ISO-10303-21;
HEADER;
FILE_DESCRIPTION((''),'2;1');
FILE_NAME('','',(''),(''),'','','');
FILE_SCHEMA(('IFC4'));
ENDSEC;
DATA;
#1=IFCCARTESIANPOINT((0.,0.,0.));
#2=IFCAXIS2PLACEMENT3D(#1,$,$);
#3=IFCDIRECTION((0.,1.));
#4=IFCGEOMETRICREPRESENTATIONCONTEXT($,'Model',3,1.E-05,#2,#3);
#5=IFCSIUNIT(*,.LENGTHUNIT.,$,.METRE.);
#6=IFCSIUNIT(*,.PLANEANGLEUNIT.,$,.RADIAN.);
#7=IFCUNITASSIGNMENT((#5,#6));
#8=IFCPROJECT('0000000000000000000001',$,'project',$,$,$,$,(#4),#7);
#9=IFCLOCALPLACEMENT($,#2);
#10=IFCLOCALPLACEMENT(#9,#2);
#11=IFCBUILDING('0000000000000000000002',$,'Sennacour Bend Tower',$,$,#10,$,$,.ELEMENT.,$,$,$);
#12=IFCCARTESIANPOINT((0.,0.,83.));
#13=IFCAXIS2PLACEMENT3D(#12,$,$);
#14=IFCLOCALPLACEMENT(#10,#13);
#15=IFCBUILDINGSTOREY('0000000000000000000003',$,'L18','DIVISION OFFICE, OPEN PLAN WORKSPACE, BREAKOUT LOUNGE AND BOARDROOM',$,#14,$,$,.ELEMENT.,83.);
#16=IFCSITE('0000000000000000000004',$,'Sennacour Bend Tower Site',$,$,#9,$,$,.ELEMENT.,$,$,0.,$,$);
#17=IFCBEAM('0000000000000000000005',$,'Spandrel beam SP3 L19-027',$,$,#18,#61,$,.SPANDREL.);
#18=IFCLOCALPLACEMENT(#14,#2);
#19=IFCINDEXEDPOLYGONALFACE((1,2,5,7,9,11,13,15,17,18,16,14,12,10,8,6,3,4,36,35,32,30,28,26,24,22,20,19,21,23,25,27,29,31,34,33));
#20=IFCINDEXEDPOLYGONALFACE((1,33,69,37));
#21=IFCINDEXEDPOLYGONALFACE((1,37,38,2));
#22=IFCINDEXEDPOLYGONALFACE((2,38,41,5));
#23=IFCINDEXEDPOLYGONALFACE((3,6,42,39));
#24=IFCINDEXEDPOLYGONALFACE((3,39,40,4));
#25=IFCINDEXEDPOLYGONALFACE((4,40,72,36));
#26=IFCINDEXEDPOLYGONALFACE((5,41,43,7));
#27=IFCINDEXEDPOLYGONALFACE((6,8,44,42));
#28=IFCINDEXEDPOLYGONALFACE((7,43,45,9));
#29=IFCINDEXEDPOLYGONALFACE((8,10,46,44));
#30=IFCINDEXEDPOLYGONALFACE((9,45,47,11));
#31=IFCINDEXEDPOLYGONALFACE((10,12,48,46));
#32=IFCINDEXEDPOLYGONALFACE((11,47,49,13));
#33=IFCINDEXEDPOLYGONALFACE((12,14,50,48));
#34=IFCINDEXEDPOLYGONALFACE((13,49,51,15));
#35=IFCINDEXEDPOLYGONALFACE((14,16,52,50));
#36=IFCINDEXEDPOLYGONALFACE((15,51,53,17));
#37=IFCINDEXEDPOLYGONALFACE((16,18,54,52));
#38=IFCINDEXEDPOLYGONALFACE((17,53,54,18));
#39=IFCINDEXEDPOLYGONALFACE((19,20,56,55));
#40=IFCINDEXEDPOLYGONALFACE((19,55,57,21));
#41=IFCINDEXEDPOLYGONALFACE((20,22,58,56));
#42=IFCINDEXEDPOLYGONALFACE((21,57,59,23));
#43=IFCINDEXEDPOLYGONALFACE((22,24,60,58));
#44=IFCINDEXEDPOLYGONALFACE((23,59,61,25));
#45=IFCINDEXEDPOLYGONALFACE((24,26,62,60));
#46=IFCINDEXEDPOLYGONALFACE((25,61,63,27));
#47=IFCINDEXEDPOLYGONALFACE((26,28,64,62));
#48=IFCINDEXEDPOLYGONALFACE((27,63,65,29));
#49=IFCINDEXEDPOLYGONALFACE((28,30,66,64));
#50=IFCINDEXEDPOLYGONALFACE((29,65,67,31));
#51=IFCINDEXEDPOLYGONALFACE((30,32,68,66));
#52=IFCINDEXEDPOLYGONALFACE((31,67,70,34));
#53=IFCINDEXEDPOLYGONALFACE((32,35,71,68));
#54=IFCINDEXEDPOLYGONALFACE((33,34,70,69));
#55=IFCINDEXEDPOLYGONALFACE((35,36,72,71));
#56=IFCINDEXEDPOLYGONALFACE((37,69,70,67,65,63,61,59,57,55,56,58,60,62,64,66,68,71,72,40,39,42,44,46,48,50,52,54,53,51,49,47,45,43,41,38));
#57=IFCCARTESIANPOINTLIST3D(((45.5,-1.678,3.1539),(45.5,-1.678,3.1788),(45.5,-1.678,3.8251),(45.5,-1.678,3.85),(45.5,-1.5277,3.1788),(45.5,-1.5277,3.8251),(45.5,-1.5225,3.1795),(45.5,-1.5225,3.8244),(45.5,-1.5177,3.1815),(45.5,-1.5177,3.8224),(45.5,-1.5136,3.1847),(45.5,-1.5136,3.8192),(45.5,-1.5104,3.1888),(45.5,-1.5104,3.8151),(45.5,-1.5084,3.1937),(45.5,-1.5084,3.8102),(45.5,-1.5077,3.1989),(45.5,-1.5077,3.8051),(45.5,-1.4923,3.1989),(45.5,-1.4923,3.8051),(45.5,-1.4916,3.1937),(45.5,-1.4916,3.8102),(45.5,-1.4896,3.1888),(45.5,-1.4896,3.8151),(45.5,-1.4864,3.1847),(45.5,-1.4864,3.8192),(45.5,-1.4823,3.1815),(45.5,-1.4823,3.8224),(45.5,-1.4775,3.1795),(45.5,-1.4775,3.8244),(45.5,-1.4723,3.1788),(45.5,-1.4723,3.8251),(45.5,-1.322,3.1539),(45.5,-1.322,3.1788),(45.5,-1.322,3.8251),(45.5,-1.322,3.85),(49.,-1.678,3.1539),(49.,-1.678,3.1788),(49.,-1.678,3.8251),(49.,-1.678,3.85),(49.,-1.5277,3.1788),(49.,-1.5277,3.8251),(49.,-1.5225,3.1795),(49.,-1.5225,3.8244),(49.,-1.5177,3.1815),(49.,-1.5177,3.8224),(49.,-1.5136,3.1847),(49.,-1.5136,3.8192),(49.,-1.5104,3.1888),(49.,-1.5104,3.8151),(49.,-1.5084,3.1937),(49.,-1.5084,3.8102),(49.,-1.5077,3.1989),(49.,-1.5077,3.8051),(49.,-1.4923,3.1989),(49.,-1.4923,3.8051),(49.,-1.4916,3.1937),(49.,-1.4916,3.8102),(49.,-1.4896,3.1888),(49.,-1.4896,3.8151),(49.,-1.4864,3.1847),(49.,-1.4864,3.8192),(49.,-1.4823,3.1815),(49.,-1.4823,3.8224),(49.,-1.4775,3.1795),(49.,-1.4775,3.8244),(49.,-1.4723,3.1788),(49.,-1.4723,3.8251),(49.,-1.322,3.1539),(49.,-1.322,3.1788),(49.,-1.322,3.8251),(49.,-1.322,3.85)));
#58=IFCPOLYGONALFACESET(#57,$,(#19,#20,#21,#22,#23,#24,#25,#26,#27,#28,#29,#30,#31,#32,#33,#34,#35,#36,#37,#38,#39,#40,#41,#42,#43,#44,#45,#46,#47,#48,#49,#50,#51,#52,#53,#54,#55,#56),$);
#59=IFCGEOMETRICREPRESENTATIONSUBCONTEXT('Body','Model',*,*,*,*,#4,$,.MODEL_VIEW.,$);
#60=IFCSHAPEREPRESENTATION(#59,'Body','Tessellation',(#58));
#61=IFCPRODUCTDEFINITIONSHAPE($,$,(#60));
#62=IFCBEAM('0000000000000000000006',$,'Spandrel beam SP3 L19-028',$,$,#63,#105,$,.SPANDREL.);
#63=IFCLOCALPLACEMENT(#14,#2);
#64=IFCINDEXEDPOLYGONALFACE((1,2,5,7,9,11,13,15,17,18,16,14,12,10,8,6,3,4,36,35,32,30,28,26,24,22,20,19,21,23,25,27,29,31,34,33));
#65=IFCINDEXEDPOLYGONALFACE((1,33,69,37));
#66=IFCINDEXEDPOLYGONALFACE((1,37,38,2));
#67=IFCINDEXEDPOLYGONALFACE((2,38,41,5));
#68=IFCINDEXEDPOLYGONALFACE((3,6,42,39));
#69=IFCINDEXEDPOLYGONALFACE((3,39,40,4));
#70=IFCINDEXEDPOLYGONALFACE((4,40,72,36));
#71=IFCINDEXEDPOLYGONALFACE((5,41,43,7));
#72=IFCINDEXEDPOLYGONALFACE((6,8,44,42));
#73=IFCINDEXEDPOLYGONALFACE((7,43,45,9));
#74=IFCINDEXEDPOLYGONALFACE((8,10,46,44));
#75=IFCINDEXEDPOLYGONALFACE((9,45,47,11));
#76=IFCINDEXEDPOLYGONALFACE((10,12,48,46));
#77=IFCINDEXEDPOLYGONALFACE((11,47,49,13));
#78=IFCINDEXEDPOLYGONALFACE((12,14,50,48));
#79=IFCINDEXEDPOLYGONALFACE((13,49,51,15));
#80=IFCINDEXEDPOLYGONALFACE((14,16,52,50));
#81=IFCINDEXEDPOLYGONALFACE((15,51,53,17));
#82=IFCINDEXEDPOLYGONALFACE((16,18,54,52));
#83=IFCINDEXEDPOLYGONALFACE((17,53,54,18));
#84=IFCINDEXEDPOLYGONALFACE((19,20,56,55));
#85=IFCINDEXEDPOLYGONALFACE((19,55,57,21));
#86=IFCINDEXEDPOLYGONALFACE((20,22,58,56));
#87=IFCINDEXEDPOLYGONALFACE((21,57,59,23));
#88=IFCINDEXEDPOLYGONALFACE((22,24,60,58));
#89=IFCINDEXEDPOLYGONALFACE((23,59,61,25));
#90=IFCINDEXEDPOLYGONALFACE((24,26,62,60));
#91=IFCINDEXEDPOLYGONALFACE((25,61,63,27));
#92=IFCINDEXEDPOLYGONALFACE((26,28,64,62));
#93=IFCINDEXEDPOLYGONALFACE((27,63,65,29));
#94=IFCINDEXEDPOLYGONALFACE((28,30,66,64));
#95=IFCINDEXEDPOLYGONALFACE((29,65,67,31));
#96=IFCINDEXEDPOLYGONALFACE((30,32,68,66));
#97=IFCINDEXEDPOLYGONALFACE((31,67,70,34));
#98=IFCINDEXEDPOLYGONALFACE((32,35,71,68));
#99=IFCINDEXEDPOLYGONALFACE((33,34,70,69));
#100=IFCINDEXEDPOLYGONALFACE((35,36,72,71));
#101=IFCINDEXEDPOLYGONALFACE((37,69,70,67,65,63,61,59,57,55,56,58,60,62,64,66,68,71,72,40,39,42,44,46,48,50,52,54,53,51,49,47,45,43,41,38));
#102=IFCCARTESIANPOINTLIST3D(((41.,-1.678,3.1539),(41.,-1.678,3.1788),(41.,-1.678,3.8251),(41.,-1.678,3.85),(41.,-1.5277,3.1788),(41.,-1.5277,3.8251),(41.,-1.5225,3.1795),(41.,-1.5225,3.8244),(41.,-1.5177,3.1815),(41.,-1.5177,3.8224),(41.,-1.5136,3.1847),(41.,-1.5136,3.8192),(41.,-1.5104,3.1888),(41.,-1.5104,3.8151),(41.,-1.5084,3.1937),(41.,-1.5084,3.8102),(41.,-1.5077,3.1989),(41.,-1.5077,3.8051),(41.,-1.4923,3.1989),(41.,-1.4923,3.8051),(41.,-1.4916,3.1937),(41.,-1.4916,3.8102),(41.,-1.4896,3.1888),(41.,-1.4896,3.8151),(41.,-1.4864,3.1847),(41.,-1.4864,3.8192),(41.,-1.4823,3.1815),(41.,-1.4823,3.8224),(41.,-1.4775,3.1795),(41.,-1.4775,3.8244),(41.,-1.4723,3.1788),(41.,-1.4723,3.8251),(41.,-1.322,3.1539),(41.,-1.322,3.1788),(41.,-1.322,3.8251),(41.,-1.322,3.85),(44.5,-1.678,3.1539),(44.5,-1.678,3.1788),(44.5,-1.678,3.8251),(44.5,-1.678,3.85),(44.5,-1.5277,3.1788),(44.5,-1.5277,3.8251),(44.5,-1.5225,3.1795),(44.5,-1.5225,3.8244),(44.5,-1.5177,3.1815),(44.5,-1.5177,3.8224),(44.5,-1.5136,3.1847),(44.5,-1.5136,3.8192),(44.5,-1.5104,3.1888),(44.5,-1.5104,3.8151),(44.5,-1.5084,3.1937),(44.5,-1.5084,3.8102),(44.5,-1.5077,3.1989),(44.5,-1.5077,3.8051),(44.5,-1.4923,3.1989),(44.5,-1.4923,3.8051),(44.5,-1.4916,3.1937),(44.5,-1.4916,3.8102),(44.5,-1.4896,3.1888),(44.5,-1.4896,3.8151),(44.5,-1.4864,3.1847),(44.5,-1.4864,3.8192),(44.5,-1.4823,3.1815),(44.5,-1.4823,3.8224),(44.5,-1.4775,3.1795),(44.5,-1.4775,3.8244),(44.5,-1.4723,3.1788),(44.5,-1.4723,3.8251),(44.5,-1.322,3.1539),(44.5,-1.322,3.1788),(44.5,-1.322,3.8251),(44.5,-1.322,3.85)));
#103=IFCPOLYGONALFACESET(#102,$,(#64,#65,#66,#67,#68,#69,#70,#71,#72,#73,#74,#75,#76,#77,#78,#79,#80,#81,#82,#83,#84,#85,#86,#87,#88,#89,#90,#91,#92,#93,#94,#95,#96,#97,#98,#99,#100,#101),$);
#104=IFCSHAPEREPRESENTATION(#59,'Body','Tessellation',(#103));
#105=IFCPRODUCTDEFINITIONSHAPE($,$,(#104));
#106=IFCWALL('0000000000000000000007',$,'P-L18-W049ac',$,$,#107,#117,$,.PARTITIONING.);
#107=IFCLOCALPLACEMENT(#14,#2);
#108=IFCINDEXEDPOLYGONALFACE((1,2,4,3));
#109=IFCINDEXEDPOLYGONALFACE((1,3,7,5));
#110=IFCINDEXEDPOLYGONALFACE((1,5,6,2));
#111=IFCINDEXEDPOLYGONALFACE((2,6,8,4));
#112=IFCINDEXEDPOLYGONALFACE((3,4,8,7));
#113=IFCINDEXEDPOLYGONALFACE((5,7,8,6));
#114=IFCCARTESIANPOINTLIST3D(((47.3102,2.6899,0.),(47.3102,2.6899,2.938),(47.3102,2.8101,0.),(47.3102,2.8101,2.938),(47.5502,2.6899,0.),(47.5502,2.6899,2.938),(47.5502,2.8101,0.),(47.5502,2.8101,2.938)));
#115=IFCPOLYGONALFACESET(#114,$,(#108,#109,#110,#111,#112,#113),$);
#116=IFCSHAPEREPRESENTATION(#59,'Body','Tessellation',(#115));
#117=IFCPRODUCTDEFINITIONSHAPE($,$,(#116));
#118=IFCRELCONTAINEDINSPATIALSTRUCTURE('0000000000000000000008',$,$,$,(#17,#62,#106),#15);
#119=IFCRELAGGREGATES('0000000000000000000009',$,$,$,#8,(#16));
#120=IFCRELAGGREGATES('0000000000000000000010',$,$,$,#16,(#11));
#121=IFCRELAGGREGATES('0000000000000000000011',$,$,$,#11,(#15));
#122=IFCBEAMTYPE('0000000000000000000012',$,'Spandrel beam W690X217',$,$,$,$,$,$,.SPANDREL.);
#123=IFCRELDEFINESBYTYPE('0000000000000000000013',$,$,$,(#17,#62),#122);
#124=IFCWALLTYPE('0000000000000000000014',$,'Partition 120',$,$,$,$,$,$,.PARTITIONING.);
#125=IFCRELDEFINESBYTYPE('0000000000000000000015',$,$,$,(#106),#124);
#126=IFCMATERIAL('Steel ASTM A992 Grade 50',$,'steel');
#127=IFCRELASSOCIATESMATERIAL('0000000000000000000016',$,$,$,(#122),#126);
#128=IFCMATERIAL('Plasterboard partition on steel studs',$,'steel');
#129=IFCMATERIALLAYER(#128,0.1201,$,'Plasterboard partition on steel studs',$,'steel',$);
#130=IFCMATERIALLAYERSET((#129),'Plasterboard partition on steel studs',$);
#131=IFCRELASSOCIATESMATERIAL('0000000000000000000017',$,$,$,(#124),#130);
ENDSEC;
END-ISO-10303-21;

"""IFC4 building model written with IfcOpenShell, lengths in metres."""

from ifc_helpers import new_model, si_unit, direction, frame, frame_2d, origin, origin_2d, place, context, subcontext, project, spatial, rectangle, i_section, extrude, material, layer, layer_set, material_profile, profile_set, type_object, element, save


model = new_model("IFC4")

# Units and contexts
model_context = context("Model", 3, precision=1e-05, world=origin(), true_north=direction((0.0, 1.0)))
body_context = subcontext(model_context, "Body", "Model", "MODEL_VIEW")
ifc_project = project(units=[si_unit("LENGTHUNIT", "METRE"), si_unit("PLANEANGLEUNIT", "RADIAN")], contexts=[model_context])

# Site, building, storey
site_placement = place(None, origin())
site = spatial("IfcSite", under=ifc_project, at=site_placement, Name="Sennacour Bend Tower Site", CompositionType="ELEMENT", RefElevation=0.0)
building_placement = place(site_placement, origin())
building = spatial("IfcBuilding", under=site, at=building_placement, Name="Sennacour Bend Tower", CompositionType="ELEMENT")
storey_placement = place(building_placement, frame((0.0, 0.0, 83.0)))
storey = spatial("IfcBuildingStorey", under=building, at=storey_placement, Name="L18", Description="DIVISION OFFICE, OPEN PLAN WORKSPACE, BREAKOUT LOUNGE AND BOARDROOM", CompositionType="ELEMENT", Elevation=83.0)

# Beams
ifc_material_1 = material(Name="Steel ASTM A992 Grade 50", Category="steel")
ifc_material_profile_1 = material_profile(ifc_material_1, i_section(OverallWidth=0.356, OverallDepth=0.696, WebThickness=0.0154, FlangeThickness=0.0249, FilletRadius=0.02, at=origin_2d()), Name="Steel ASTM A992 Grade 50", Category="steel")
ifc_profile_set_1 = profile_set([ifc_material_profile_1], Name="Steel ASTM A992 Grade 50")
beam_type_1 = type_object("IfcBeamType", Name="Spandrel beam W690X217", PredefinedType="SPANDREL", material=ifc_profile_set_1)
for number, where, z_axis, x_axis, name in (
    (1, (49.0, -1.5, 3.502), (-1.0, 0.0, 0.0), (0.0, -1.0, 0.0), "Spandrel beam SP3 L19-027"),
    (2, (44.5, -1.5, 3.502), (-1.0, 0.0, 0.0), (0.0, -1.0, 0.0), "Spandrel beam SP3 L19-028"),
):
    element("IfcBeam", number, at=place(storey_placement, frame(where, z_axis=z_axis, x_axis=x_axis)), inside=storey, type_object=beam_type_1, Name=name, PredefinedType="SPANDREL", context=body_context, shape_type="SweptSolid", body=[
        extrude(i_section(OverallWidth=0.356, OverallDepth=0.696, WebThickness=0.0154, FlangeThickness=0.0249, FilletRadius=0.02, at=origin_2d()), origin(), (0.0, 0.0, 1.0), 3.5),
    ])

# Wall
ifc_material_2 = material(Name="Plasterboard partition on steel studs", Category="steel")
ifc_layer_1 = layer(ifc_material_2, 0.1201, Name="Plasterboard partition on steel studs", Category="steel")
ifc_layer_set_1 = layer_set([ifc_layer_1], Name="Plasterboard partition on steel studs")
wall_type_1 = type_object("IfcWallType", Name="Partition 120", PredefinedType="PARTITIONING", material=ifc_layer_set_1)
wall_1_placement = place(storey_placement, frame((47.3101, 2.75, 0.0), z_axis=(0.0, 0.0, 1.0), x_axis=(1.0, 0.0, 0.0)))
element("IfcWall", 3, at=wall_1_placement, inside=storey, type_object=wall_type_1, Name="P-L18-W049ac", PredefinedType="PARTITIONING", context=body_context, shape_type="SweptSolid", body=[
    extrude(rectangle(XDim=0.24, YDim=0.1201, at=frame_2d((0.1201, 0.0))), origin(), (0.0, 0.0, 1.0), 2.938),
])

save(model, "model.ifc")
